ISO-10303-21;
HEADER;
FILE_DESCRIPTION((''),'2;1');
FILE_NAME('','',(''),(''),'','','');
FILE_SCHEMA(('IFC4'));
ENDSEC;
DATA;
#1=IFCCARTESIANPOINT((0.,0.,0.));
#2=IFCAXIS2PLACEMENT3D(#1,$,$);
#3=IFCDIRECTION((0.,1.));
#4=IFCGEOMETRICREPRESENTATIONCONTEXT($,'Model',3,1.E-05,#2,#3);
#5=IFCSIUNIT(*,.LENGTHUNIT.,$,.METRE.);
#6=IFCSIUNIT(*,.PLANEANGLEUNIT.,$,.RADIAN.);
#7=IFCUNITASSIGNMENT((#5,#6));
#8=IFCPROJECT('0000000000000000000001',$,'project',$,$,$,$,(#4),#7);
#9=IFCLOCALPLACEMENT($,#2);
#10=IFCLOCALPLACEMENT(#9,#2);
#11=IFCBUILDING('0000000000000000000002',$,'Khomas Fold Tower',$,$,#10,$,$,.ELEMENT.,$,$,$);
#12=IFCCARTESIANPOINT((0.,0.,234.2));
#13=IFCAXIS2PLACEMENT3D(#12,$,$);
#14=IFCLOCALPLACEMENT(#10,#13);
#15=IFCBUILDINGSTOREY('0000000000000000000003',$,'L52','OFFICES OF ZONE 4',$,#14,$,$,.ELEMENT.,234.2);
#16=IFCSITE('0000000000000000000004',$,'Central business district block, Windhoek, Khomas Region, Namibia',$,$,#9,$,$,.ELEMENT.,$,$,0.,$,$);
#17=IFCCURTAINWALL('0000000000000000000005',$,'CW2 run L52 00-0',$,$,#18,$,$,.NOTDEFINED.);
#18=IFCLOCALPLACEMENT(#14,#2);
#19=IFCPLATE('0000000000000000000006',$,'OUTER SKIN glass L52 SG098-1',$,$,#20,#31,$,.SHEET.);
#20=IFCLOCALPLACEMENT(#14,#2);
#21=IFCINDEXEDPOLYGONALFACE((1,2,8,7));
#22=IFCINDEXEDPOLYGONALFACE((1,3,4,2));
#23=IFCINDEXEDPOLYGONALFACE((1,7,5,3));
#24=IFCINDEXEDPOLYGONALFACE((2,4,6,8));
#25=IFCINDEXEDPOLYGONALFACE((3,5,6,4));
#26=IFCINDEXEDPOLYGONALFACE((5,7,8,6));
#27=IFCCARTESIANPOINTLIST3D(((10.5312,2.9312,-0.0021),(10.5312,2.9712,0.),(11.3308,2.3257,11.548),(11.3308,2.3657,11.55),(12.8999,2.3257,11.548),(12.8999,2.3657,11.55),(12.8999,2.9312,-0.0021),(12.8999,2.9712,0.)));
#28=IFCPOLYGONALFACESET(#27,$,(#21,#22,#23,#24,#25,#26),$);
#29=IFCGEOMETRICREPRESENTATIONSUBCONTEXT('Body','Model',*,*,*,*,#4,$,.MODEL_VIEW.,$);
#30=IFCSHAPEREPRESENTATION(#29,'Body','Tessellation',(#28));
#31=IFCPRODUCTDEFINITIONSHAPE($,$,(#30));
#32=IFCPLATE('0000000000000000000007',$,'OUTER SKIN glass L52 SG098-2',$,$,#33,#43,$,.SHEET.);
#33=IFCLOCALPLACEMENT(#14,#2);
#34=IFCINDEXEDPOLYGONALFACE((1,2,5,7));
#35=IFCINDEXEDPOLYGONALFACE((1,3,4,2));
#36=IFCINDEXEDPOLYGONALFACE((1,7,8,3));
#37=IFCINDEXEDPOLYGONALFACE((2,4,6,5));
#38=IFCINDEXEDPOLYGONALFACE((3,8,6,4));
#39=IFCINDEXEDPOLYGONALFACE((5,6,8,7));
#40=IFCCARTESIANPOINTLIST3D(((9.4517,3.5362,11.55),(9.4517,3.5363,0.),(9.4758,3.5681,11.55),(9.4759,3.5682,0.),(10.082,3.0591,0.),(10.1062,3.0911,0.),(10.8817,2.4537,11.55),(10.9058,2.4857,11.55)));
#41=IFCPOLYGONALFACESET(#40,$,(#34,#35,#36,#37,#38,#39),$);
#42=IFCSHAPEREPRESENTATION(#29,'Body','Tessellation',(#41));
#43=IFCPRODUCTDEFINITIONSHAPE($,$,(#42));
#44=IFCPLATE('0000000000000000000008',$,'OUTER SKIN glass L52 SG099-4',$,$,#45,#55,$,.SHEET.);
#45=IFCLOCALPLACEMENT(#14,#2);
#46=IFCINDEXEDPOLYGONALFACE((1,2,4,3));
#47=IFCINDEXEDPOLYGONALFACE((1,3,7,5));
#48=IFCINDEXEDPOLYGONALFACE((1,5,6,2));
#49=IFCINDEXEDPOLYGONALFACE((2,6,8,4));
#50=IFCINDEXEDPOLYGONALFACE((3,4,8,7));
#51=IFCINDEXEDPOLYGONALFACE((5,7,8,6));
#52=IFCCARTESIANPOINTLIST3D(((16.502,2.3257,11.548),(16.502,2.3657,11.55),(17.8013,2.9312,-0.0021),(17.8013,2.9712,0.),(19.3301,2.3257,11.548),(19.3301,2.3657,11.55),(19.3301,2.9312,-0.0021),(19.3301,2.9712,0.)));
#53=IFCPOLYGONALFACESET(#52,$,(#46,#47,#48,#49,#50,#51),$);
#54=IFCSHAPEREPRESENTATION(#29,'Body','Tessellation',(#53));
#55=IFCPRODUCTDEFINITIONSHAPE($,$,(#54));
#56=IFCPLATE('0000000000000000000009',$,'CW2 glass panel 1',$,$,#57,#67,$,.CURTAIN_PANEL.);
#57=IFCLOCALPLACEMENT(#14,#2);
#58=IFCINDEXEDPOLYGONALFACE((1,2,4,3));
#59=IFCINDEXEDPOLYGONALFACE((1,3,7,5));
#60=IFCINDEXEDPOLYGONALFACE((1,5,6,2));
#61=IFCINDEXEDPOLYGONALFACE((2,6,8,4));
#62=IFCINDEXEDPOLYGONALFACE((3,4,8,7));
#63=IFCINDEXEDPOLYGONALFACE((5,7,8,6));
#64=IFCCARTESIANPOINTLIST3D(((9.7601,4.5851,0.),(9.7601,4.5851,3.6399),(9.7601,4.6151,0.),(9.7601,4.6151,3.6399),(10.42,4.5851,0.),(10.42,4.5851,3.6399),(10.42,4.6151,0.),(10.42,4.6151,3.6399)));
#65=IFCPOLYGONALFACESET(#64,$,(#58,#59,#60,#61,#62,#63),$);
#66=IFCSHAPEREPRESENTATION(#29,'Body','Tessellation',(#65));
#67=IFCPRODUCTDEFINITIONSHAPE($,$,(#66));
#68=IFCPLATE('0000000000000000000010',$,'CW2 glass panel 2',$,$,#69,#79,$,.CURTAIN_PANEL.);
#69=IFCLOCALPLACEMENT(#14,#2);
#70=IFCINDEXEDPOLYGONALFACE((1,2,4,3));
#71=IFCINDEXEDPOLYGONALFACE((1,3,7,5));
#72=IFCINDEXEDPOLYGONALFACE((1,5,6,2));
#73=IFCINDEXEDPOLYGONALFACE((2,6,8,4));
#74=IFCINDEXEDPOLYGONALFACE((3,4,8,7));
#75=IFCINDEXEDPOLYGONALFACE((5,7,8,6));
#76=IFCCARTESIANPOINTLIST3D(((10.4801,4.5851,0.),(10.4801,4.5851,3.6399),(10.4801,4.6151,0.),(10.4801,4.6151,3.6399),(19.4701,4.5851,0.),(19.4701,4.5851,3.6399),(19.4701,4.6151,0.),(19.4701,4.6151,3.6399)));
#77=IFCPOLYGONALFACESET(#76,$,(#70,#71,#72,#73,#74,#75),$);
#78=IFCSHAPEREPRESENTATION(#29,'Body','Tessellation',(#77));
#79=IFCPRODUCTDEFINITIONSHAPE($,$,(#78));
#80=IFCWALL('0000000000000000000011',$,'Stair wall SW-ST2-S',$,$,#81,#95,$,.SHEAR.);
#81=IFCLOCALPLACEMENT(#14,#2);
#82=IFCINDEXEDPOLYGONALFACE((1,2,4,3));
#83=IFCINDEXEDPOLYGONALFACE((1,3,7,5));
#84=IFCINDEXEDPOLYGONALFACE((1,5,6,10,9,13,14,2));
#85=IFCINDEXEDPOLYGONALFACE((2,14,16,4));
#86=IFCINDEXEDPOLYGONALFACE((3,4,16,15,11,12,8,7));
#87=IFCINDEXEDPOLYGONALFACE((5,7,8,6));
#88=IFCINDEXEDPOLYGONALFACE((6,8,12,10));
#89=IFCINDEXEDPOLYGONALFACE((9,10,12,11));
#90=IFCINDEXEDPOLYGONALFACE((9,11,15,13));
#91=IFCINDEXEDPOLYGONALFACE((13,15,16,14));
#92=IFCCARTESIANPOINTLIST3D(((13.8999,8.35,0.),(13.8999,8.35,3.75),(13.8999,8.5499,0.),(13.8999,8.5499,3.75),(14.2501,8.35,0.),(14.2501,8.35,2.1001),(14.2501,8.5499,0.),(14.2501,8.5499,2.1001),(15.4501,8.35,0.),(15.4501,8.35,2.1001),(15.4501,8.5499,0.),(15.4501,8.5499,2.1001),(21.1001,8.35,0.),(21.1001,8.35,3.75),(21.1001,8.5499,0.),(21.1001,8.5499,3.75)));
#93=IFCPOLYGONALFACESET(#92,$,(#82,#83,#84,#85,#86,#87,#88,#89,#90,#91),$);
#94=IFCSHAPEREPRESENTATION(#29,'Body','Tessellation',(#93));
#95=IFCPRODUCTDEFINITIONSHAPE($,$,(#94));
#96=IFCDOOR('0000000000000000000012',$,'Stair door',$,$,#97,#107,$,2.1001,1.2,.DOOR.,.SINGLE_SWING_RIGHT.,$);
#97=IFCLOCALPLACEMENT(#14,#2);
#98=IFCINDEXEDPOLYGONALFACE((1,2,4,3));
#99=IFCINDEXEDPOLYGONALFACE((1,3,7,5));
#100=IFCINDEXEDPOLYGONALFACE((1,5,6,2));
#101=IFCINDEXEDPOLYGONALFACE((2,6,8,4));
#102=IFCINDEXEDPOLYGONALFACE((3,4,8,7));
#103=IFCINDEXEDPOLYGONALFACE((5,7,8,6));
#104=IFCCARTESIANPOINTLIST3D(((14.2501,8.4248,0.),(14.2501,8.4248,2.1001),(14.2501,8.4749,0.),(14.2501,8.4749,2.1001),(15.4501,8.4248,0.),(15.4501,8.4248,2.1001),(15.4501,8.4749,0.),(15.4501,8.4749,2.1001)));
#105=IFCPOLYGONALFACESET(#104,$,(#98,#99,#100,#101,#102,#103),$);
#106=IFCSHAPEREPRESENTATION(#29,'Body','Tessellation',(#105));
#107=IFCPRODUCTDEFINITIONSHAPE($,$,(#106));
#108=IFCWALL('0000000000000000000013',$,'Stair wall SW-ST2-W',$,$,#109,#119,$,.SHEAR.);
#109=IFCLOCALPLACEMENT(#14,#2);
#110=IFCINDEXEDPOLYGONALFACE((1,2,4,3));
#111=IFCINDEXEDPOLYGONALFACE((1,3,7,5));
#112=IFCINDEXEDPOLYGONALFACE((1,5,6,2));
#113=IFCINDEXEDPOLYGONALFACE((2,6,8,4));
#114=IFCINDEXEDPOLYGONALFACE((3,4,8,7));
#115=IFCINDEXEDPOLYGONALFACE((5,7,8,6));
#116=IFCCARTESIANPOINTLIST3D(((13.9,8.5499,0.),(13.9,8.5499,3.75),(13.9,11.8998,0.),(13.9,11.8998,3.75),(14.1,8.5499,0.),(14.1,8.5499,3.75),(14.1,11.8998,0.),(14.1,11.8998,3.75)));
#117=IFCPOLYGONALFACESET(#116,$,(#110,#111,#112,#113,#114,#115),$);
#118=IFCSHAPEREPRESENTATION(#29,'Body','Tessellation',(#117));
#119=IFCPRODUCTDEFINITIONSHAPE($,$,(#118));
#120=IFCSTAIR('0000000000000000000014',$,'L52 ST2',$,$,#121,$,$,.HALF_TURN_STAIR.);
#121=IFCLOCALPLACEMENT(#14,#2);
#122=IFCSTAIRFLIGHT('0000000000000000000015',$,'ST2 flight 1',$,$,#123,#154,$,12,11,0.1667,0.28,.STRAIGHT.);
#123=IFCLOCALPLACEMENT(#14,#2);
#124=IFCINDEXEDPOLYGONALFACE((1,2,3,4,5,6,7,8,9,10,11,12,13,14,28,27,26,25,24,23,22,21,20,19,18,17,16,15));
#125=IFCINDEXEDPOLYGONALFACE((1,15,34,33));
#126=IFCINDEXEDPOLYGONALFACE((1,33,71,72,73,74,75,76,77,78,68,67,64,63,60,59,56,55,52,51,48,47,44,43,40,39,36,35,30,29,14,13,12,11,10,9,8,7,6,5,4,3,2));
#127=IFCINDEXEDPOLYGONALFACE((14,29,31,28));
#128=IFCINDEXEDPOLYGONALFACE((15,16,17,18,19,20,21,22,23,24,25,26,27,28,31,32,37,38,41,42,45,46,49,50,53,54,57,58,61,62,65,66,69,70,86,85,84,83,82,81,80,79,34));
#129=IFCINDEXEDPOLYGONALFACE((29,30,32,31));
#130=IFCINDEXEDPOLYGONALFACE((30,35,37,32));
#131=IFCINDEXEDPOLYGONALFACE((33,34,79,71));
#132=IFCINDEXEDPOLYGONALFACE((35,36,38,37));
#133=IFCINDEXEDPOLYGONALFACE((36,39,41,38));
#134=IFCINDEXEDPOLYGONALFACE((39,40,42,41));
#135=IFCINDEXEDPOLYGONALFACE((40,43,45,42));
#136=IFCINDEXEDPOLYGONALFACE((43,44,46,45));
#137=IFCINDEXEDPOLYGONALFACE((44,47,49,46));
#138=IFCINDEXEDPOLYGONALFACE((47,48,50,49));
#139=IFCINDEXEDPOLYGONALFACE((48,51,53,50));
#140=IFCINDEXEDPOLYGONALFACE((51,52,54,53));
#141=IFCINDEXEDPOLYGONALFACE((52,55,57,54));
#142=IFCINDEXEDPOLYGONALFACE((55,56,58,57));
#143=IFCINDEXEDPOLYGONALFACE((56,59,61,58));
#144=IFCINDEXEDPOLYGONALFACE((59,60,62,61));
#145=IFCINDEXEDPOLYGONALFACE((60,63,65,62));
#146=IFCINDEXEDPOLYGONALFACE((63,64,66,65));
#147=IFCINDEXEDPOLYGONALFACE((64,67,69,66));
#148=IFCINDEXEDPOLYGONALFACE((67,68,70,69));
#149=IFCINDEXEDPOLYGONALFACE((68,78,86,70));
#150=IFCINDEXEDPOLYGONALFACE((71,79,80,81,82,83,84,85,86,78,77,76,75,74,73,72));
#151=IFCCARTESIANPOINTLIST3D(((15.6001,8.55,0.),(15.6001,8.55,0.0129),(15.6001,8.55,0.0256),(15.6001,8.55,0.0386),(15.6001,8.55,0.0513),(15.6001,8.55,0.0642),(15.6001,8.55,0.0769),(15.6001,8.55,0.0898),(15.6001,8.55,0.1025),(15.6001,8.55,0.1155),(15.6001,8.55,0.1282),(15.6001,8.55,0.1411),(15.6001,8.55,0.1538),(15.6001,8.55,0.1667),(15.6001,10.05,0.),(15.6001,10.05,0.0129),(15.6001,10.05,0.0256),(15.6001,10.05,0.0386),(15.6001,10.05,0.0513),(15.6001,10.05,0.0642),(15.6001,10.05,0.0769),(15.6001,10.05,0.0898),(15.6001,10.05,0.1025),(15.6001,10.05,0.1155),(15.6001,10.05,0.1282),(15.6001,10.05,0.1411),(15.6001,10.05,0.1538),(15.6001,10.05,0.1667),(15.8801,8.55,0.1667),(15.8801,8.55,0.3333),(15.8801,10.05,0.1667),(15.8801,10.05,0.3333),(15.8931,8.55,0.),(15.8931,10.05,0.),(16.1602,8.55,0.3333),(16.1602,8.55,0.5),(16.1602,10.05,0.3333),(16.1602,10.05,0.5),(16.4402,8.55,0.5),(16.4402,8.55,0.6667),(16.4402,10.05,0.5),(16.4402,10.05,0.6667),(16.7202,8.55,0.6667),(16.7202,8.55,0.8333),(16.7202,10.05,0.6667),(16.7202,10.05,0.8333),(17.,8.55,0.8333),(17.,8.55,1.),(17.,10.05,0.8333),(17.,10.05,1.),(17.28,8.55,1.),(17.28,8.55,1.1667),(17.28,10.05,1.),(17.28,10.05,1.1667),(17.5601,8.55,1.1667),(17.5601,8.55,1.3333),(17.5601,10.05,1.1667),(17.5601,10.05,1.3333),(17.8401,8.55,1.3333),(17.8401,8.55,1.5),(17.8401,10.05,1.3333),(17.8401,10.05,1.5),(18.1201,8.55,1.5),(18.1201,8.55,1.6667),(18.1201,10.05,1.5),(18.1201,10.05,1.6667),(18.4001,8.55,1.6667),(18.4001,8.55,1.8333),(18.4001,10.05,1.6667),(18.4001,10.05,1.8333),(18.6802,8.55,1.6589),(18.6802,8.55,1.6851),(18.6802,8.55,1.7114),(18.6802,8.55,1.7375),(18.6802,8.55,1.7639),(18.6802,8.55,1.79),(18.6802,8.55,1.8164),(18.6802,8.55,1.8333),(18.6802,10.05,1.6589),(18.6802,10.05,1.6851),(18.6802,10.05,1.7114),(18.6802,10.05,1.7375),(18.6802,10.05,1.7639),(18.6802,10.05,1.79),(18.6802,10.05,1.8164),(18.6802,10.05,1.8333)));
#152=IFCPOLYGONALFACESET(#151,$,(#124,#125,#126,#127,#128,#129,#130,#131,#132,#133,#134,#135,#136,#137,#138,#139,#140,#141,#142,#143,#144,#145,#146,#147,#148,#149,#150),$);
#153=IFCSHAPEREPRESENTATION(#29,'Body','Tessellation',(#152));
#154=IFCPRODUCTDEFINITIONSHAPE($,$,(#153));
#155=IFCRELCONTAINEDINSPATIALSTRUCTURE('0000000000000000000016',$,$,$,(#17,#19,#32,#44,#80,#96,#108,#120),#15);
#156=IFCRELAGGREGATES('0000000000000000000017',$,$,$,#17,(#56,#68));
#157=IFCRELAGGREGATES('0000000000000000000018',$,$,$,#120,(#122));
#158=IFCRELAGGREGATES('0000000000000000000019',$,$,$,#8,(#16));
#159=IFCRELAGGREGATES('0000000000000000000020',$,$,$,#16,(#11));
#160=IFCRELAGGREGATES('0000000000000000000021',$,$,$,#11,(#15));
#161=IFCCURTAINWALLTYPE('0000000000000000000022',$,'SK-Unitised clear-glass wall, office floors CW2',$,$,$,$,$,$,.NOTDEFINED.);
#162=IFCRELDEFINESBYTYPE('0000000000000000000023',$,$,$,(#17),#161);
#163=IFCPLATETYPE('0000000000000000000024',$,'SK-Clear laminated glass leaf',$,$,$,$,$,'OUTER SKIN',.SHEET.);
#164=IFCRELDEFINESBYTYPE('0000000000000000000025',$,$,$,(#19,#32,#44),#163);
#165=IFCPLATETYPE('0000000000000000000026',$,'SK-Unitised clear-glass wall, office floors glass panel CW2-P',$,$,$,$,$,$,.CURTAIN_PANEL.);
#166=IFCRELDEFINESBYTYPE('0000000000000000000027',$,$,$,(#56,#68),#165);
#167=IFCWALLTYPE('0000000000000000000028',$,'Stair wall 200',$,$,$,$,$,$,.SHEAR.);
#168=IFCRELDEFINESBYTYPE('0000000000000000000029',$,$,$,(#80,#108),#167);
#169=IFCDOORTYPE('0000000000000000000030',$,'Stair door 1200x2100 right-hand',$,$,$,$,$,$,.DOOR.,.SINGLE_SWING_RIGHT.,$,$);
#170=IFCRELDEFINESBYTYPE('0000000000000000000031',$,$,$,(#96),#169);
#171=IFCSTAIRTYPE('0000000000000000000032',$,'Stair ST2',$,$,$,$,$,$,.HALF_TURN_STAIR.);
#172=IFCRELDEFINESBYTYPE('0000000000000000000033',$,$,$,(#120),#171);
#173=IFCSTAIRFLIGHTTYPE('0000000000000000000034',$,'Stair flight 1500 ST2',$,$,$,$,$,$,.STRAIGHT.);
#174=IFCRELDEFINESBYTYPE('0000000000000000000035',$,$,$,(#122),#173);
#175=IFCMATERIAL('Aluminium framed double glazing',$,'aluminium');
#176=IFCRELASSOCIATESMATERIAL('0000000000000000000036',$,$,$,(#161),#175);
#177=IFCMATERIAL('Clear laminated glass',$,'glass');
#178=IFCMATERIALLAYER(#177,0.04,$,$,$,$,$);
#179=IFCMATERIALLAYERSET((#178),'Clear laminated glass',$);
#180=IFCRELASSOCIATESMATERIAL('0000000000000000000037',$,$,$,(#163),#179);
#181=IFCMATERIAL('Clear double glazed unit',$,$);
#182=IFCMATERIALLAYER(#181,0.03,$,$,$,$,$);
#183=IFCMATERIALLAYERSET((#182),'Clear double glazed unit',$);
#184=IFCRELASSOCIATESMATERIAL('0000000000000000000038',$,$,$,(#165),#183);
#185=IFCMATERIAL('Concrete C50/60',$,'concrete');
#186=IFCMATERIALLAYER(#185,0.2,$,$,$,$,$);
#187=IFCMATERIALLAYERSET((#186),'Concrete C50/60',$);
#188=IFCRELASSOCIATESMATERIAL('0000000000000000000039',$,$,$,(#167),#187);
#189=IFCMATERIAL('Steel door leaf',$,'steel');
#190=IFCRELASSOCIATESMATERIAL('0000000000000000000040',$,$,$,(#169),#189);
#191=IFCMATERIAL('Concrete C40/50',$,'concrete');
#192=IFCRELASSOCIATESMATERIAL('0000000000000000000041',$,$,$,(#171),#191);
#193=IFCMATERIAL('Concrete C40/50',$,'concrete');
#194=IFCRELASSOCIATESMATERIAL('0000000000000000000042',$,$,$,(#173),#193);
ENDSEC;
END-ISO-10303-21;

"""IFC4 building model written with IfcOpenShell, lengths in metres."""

from ifc_helpers import new_model, si_unit, direction, frame, frame_2d, origin, origin_2d, place, context, subcontext, project, spatial, polyline, rectangle, outline, extrude, source, transform, mapped, material, layer, layer_set, type_object, element, fill, aggregate, save


model = new_model("IFC4")

# Units and contexts
model_context = context("Model", 3, precision=1e-05, world=origin(), true_north=direction((0.0, 1.0)))
body_context = subcontext(model_context, "Body", "Model", "MODEL_VIEW")
ifc_project = project(units=[si_unit("LENGTHUNIT", "METRE"), si_unit("PLANEANGLEUNIT", "RADIAN")], contexts=[model_context])

# Site, building, storey
site_placement = place(None, origin())
site = spatial("IfcSite", under=ifc_project, at=site_placement, Name="Central business district block, Windhoek, Khomas Region, Namibia", CompositionType="ELEMENT", RefElevation=0.0)
building_placement = place(site_placement, origin())
building = spatial("IfcBuilding", under=site, at=building_placement, Name="Khomas Fold Tower", CompositionType="ELEMENT")
storey_placement = place(building_placement, frame((0.0, 0.0, 234.2)))
storey = spatial("IfcBuildingStorey", under=building, at=storey_placement, Name="L52", Description="OFFICES OF ZONE 4", CompositionType="ELEMENT", Elevation=234.2)

# Curtain wall
ifc_material_1 = material(Name="Aluminium framed double glazing", Category="aluminium")
curtain_wall_type = type_object("IfcCurtainWallType", Name="SK-Unitised clear-glass wall, office floors CW2", PredefinedType="NOTDEFINED", material=ifc_material_1)
curtain_wall_placement = place(storey_placement, origin())
curtain_wall = element("IfcCurtainWall", 1, at=curtain_wall_placement, inside=storey, type_object=curtain_wall_type, Name="CW2 run L52 00-0", PredefinedType="NOTDEFINED")

# Plates
ifc_material_2 = material(Name="Clear laminated glass", Category="glass")
ifc_layer_1 = layer(ifc_material_2, 0.04)
ifc_layer_set_1 = layer_set([ifc_layer_1], Name="Clear laminated glass")
plate_type_1 = type_object("IfcPlateType", Name="SK-Clear laminated glass leaf", ElementType="OUTER SKIN", PredefinedType="SHEET", material=ifc_layer_set_1)
plate_1_placement = place(storey_placement, frame((12.8999, 2.9712, 0.0), z_axis=(0.0, 0.998629, 0.052349), x_axis=(-1.0, 0.0, 0.0)))
element("IfcPlate", 2, at=plate_1_placement, inside=storey, type_object=plate_type_1, Name="OUTER SKIN glass L52 SG098-1", PredefinedType="SHEET", context=body_context, shape_type="SweptSolid", body=[
    extrude(outline(polyline([(0.0, 0.0), (2.3687, 0.0), (1.5691, 11.5659), (0.0, 11.5659), (0.0, 0.0)])), origin(), (0.0, 0.0, -1.0), 0.04),
])
plate_2_placement = place(storey_placement, frame((10.1062, 3.0911, 0.0), z_axis=(0.603547, 0.797328, 0.000008), x_axis=(-0.797328, 0.603547, 0.0)))
element("IfcPlate", 3, at=plate_2_placement, inside=storey, type_object=plate_type_1, Name="OUTER SKIN glass L52 SG098-2", PredefinedType="SHEET", context=body_context, shape_type="SweptSolid", body=[
    extrude(outline(polyline([(0.0, 0.0), (0.7905, 0.0), (0.7905, 11.55), (-1.0029, 11.55), (0.0, 0.0)])), origin(), (0.0, 0.0, -1.0), 0.04),
])
plate_3_placement = place(storey_placement, frame((17.8013, 2.9712, 0.0), z_axis=(0.0, 0.998629, 0.052349), x_axis=(-0.111638, -0.052022, 0.992386)))
element("IfcPlate", 4, at=plate_3_placement, inside=storey, type_object=plate_type_1, Name="OUTER SKIN glass L52 SG099-4", PredefinedType="SHEET", context=body_context, shape_type="SweptSolid", body=[
    extrude(outline(polyline([(0.0, 0.0), (11.6387, 0.0), (11.3229, 2.8104), (-0.1707, 1.5193), (0.0, 0.0)])), origin(), (0.0, 0.0, -1.0), 0.04),
])

# Plates
ifc_material_3 = material(Name="Clear double glazed unit")
ifc_layer_2 = layer(ifc_material_3, 0.03)
ifc_layer_set_2 = layer_set([ifc_layer_2], Name="Clear double glazed unit")
plate_type_2 = type_object("IfcPlateType", Name="SK-Unitised clear-glass wall, office floors glass panel CW2-P", PredefinedType="CURTAIN_PANEL", material=ifc_layer_set_2)
shared_shape_1 = source(origin(), body_context, "Body", "SweptSolid", [
    extrude(rectangle(XDim=0.6599, YDim=0.03, at=origin_2d()), origin(), (0.0, 0.0, 1.0), 3.6399),
])
plate_4_placement = place(storey_placement, frame((10.0901, 4.6001, 0.0), z_axis=(0.0, 0.0, 1.0), x_axis=(1.0, 0.0, 0.0)))
plate_4 = element("IfcPlate", 5, at=plate_4_placement, type_object=plate_type_2, Name="CW2 glass panel 1", PredefinedType="CURTAIN_PANEL", context=body_context, shape_type="MappedRepresentation", body=[
    mapped(shared_shape_1, transform((0.0, 0.0, 0.0))),
])
shared_shape_2 = source(origin(), body_context, "Body", "SweptSolid", [
    extrude(rectangle(XDim=8.99, YDim=0.03, at=origin_2d()), origin(), (0.0, 0.0, 1.0), 3.6399),
])
plate_5_placement = place(storey_placement, frame((14.9751, 4.6001, 0.0), z_axis=(0.0, 0.0, 1.0), x_axis=(1.0, 0.0, 0.0)))
plate_5 = element("IfcPlate", 6, at=plate_5_placement, type_object=plate_type_2, Name="CW2 glass panel 2", PredefinedType="CURTAIN_PANEL", context=body_context, shape_type="MappedRepresentation", body=[
    mapped(shared_shape_2, transform((0.0, 0.0, 0.0))),
])
aggregate(curtain_wall, [plate_4, plate_5])

# Wall, opening, door
ifc_material_4 = material(Name="Concrete C50/60", Category="concrete")
ifc_layer_3 = layer(ifc_material_4, 0.2)
ifc_layer_set_3 = layer_set([ifc_layer_3], Name="Concrete C50/60")
wall_type = type_object("IfcWallType", Name="Stair wall 200", PredefinedType="SHEAR", material=ifc_layer_set_3)
shared_shape_3 = source(origin(), body_context, "Body", "SweptSolid", [
    extrude(rectangle(XDim=7.2002, YDim=0.2, at=frame_2d((3.6001, 0.0))), origin(), (0.0, 0.0, 1.0), 3.75),
])
wall_1_placement = place(storey_placement, frame((13.8999, 8.45, 0.0), z_axis=(0.0, 0.0, 1.0), x_axis=(1.0, 0.0, 0.0)))
wall_1 = element("IfcWall", 7, at=wall_1_placement, inside=storey, type_object=wall_type, Name="Stair wall SW-ST2-S", PredefinedType="SHEAR", context=body_context, shape_type="MappedRepresentation", body=[
    mapped(shared_shape_3, transform((0.0, 0.0, 0.0))),
])
shared_shape_4 = source(origin(), body_context, "Body", "SweptSolid", [
    extrude(rectangle(XDim=1.2, YDim=2.1001, at=frame_2d((0.6001, 1.05))), frame((0.0, 0.1099, 0.0), z_axis=(0.0, -1.0, 0.0), x_axis=(1.0, 0.0, 0.0)), (0.0, 0.0, 1.0), 0.22),
])
opening_placement = place(wall_1_placement, frame((0.3501, 0.0, 0.0)))
opening = element("IfcOpeningElement", 8, at=opening_placement, cuts=wall_1, PredefinedType="OPENING", context=body_context, shape_type="MappedRepresentation", body=[
    mapped(shared_shape_4, transform((0.0, 0.0, 0.0))),
])
ifc_material_5 = material(Name="Steel door leaf", Category="steel")
door_type = type_object("IfcDoorType", Name="Stair door 1200x2100 right-hand", OperationType="SINGLE_SWING_RIGHT", PredefinedType="DOOR", material=ifc_material_5)
shared_shape_5 = source(origin(), body_context, "Body", "SweptSolid", [
    extrude(rectangle(XDim=1.2, YDim=2.1001, at=frame_2d((0.6001, 1.05))), frame((0.0, 0.0249, 0.0), z_axis=(0.0, -1.0, 0.0), x_axis=(1.0, 0.0, 0.0)), (0.0, 0.0, 1.0), 0.05),
])
door_placement = place(opening_placement, origin())
door = element("IfcDoor", 9, at=door_placement, inside=storey, type_object=door_type, Name="Stair door", OperationType="SINGLE_SWING_RIGHT", OverallHeight=2.1001, OverallWidth=1.2, PredefinedType="DOOR", context=body_context, shape_type="MappedRepresentation", body=[
    mapped(shared_shape_5, transform((0.0, 0.0, 0.0))),
])
fill(opening, door)

# Wall
shared_shape_6 = source(origin(), body_context, "Body", "SweptSolid", [
    extrude(rectangle(XDim=3.3499, YDim=0.2, at=frame_2d((1.6748, 0.0))), origin(), (0.0, 0.0, 1.0), 3.75),
])
wall_2_placement = place(storey_placement, frame((14.0, 8.55, 0.0), z_axis=(0.0, 0.0, 1.0), x_axis=(0.0, 1.0, 0.0)))
element("IfcWall", 10, at=wall_2_placement, inside=storey, type_object=wall_type, Name="Stair wall SW-ST2-W", PredefinedType="SHEAR", context=body_context, shape_type="MappedRepresentation", body=[
    mapped(shared_shape_6, transform((0.0, 0.0, 0.0))),
])

# Stair, stair flight
ifc_material_6 = material(Name="Concrete C40/50", Category="concrete")
stair_type = type_object("IfcStairType", Name="Stair ST2", PredefinedType="HALF_TURN_STAIR", material=ifc_material_6)
stair_placement = place(storey_placement, origin())
stair = element("IfcStair", 11, at=stair_placement, inside=storey, type_object=stair_type, Name="L52 ST2", PredefinedType="HALF_TURN_STAIR")
ifc_material_7 = material(Name="Concrete C40/50", Category="concrete")
stair_flight_type = type_object("IfcStairFlightType", Name="Stair flight 1500 ST2", PredefinedType="STRAIGHT", material=ifc_material_7)
shared_shape_7 = source(origin(), body_context, "Body", "SweptSolid", [
    extrude(outline(polyline([(0.0, 0.0), (0.0, 0.0129), (0.0, 0.0256), (0.0, 0.0386), (0.0, 0.0513), (0.0, 0.0642), (0.0, 0.0769), (0.0, 0.0898), (0.0, 0.1025), (0.0, 0.1155), (0.0, 0.1282), (0.0, 0.1411), (0.0, 0.1538), (0.0, 0.1667), (0.28, 0.1667), (0.28, 0.3333), (0.5601, 0.3333), (0.5601, 0.5), (0.8401, 0.5), (0.8401, 0.6667), (1.1201, 0.6667), (1.1201, 0.8333), (1.3999, 0.8333), (1.3999, 1.0), (1.6799, 1.0), (1.6799, 1.1667), (1.96, 1.1667), (1.96, 1.3333), (2.24, 1.3333), (2.24, 1.5), (2.52, 1.5), (2.52, 1.6667), (2.8, 1.6667), (2.8, 1.8333), (3.0801, 1.8333), (3.0801, 2.0), (3.0801, 1.9739), (3.0801, 1.9475), (3.0801, 1.9214), (3.0801, 1.895), (3.0801, 1.8689), (3.0801, 1.8425), (3.0801, 1.8164), (3.0801, 1.79), (3.0801, 1.7639), (3.0801, 1.7375), (3.0801, 1.7114), (3.0801, 1.6851), (3.0801, 1.6589), (0.293, 0.0), (0.0, 0.0)])), frame((0.0, 0.75, 0.0), z_axis=(0.0, -1.0, 0.0), x_axis=(1.0, 0.0, 0.0)), (0.0, 0.0, 1.0), 1.5),
])
stair_flight_placement = place(storey_placement, frame((15.6001, 9.3, 0.0), z_axis=(0.0, 0.0, 1.0), x_axis=(1.0, 0.0, 0.0)))
stair_flight = element("IfcStairFlight", 12, at=stair_flight_placement, type_object=stair_flight_type, Name="ST2 flight 1", NumberOfRisers=12, NumberOfTreads=11, PredefinedType="STRAIGHT", RiserHeight=0.1667, TreadLength=0.28, context=body_context, shape_type="MappedRepresentation", body=[
    mapped(shared_shape_7, transform((0.0, 0.0, 0.0))),
])
aggregate(stair, [stair_flight])

save(model, "model.ifc")
